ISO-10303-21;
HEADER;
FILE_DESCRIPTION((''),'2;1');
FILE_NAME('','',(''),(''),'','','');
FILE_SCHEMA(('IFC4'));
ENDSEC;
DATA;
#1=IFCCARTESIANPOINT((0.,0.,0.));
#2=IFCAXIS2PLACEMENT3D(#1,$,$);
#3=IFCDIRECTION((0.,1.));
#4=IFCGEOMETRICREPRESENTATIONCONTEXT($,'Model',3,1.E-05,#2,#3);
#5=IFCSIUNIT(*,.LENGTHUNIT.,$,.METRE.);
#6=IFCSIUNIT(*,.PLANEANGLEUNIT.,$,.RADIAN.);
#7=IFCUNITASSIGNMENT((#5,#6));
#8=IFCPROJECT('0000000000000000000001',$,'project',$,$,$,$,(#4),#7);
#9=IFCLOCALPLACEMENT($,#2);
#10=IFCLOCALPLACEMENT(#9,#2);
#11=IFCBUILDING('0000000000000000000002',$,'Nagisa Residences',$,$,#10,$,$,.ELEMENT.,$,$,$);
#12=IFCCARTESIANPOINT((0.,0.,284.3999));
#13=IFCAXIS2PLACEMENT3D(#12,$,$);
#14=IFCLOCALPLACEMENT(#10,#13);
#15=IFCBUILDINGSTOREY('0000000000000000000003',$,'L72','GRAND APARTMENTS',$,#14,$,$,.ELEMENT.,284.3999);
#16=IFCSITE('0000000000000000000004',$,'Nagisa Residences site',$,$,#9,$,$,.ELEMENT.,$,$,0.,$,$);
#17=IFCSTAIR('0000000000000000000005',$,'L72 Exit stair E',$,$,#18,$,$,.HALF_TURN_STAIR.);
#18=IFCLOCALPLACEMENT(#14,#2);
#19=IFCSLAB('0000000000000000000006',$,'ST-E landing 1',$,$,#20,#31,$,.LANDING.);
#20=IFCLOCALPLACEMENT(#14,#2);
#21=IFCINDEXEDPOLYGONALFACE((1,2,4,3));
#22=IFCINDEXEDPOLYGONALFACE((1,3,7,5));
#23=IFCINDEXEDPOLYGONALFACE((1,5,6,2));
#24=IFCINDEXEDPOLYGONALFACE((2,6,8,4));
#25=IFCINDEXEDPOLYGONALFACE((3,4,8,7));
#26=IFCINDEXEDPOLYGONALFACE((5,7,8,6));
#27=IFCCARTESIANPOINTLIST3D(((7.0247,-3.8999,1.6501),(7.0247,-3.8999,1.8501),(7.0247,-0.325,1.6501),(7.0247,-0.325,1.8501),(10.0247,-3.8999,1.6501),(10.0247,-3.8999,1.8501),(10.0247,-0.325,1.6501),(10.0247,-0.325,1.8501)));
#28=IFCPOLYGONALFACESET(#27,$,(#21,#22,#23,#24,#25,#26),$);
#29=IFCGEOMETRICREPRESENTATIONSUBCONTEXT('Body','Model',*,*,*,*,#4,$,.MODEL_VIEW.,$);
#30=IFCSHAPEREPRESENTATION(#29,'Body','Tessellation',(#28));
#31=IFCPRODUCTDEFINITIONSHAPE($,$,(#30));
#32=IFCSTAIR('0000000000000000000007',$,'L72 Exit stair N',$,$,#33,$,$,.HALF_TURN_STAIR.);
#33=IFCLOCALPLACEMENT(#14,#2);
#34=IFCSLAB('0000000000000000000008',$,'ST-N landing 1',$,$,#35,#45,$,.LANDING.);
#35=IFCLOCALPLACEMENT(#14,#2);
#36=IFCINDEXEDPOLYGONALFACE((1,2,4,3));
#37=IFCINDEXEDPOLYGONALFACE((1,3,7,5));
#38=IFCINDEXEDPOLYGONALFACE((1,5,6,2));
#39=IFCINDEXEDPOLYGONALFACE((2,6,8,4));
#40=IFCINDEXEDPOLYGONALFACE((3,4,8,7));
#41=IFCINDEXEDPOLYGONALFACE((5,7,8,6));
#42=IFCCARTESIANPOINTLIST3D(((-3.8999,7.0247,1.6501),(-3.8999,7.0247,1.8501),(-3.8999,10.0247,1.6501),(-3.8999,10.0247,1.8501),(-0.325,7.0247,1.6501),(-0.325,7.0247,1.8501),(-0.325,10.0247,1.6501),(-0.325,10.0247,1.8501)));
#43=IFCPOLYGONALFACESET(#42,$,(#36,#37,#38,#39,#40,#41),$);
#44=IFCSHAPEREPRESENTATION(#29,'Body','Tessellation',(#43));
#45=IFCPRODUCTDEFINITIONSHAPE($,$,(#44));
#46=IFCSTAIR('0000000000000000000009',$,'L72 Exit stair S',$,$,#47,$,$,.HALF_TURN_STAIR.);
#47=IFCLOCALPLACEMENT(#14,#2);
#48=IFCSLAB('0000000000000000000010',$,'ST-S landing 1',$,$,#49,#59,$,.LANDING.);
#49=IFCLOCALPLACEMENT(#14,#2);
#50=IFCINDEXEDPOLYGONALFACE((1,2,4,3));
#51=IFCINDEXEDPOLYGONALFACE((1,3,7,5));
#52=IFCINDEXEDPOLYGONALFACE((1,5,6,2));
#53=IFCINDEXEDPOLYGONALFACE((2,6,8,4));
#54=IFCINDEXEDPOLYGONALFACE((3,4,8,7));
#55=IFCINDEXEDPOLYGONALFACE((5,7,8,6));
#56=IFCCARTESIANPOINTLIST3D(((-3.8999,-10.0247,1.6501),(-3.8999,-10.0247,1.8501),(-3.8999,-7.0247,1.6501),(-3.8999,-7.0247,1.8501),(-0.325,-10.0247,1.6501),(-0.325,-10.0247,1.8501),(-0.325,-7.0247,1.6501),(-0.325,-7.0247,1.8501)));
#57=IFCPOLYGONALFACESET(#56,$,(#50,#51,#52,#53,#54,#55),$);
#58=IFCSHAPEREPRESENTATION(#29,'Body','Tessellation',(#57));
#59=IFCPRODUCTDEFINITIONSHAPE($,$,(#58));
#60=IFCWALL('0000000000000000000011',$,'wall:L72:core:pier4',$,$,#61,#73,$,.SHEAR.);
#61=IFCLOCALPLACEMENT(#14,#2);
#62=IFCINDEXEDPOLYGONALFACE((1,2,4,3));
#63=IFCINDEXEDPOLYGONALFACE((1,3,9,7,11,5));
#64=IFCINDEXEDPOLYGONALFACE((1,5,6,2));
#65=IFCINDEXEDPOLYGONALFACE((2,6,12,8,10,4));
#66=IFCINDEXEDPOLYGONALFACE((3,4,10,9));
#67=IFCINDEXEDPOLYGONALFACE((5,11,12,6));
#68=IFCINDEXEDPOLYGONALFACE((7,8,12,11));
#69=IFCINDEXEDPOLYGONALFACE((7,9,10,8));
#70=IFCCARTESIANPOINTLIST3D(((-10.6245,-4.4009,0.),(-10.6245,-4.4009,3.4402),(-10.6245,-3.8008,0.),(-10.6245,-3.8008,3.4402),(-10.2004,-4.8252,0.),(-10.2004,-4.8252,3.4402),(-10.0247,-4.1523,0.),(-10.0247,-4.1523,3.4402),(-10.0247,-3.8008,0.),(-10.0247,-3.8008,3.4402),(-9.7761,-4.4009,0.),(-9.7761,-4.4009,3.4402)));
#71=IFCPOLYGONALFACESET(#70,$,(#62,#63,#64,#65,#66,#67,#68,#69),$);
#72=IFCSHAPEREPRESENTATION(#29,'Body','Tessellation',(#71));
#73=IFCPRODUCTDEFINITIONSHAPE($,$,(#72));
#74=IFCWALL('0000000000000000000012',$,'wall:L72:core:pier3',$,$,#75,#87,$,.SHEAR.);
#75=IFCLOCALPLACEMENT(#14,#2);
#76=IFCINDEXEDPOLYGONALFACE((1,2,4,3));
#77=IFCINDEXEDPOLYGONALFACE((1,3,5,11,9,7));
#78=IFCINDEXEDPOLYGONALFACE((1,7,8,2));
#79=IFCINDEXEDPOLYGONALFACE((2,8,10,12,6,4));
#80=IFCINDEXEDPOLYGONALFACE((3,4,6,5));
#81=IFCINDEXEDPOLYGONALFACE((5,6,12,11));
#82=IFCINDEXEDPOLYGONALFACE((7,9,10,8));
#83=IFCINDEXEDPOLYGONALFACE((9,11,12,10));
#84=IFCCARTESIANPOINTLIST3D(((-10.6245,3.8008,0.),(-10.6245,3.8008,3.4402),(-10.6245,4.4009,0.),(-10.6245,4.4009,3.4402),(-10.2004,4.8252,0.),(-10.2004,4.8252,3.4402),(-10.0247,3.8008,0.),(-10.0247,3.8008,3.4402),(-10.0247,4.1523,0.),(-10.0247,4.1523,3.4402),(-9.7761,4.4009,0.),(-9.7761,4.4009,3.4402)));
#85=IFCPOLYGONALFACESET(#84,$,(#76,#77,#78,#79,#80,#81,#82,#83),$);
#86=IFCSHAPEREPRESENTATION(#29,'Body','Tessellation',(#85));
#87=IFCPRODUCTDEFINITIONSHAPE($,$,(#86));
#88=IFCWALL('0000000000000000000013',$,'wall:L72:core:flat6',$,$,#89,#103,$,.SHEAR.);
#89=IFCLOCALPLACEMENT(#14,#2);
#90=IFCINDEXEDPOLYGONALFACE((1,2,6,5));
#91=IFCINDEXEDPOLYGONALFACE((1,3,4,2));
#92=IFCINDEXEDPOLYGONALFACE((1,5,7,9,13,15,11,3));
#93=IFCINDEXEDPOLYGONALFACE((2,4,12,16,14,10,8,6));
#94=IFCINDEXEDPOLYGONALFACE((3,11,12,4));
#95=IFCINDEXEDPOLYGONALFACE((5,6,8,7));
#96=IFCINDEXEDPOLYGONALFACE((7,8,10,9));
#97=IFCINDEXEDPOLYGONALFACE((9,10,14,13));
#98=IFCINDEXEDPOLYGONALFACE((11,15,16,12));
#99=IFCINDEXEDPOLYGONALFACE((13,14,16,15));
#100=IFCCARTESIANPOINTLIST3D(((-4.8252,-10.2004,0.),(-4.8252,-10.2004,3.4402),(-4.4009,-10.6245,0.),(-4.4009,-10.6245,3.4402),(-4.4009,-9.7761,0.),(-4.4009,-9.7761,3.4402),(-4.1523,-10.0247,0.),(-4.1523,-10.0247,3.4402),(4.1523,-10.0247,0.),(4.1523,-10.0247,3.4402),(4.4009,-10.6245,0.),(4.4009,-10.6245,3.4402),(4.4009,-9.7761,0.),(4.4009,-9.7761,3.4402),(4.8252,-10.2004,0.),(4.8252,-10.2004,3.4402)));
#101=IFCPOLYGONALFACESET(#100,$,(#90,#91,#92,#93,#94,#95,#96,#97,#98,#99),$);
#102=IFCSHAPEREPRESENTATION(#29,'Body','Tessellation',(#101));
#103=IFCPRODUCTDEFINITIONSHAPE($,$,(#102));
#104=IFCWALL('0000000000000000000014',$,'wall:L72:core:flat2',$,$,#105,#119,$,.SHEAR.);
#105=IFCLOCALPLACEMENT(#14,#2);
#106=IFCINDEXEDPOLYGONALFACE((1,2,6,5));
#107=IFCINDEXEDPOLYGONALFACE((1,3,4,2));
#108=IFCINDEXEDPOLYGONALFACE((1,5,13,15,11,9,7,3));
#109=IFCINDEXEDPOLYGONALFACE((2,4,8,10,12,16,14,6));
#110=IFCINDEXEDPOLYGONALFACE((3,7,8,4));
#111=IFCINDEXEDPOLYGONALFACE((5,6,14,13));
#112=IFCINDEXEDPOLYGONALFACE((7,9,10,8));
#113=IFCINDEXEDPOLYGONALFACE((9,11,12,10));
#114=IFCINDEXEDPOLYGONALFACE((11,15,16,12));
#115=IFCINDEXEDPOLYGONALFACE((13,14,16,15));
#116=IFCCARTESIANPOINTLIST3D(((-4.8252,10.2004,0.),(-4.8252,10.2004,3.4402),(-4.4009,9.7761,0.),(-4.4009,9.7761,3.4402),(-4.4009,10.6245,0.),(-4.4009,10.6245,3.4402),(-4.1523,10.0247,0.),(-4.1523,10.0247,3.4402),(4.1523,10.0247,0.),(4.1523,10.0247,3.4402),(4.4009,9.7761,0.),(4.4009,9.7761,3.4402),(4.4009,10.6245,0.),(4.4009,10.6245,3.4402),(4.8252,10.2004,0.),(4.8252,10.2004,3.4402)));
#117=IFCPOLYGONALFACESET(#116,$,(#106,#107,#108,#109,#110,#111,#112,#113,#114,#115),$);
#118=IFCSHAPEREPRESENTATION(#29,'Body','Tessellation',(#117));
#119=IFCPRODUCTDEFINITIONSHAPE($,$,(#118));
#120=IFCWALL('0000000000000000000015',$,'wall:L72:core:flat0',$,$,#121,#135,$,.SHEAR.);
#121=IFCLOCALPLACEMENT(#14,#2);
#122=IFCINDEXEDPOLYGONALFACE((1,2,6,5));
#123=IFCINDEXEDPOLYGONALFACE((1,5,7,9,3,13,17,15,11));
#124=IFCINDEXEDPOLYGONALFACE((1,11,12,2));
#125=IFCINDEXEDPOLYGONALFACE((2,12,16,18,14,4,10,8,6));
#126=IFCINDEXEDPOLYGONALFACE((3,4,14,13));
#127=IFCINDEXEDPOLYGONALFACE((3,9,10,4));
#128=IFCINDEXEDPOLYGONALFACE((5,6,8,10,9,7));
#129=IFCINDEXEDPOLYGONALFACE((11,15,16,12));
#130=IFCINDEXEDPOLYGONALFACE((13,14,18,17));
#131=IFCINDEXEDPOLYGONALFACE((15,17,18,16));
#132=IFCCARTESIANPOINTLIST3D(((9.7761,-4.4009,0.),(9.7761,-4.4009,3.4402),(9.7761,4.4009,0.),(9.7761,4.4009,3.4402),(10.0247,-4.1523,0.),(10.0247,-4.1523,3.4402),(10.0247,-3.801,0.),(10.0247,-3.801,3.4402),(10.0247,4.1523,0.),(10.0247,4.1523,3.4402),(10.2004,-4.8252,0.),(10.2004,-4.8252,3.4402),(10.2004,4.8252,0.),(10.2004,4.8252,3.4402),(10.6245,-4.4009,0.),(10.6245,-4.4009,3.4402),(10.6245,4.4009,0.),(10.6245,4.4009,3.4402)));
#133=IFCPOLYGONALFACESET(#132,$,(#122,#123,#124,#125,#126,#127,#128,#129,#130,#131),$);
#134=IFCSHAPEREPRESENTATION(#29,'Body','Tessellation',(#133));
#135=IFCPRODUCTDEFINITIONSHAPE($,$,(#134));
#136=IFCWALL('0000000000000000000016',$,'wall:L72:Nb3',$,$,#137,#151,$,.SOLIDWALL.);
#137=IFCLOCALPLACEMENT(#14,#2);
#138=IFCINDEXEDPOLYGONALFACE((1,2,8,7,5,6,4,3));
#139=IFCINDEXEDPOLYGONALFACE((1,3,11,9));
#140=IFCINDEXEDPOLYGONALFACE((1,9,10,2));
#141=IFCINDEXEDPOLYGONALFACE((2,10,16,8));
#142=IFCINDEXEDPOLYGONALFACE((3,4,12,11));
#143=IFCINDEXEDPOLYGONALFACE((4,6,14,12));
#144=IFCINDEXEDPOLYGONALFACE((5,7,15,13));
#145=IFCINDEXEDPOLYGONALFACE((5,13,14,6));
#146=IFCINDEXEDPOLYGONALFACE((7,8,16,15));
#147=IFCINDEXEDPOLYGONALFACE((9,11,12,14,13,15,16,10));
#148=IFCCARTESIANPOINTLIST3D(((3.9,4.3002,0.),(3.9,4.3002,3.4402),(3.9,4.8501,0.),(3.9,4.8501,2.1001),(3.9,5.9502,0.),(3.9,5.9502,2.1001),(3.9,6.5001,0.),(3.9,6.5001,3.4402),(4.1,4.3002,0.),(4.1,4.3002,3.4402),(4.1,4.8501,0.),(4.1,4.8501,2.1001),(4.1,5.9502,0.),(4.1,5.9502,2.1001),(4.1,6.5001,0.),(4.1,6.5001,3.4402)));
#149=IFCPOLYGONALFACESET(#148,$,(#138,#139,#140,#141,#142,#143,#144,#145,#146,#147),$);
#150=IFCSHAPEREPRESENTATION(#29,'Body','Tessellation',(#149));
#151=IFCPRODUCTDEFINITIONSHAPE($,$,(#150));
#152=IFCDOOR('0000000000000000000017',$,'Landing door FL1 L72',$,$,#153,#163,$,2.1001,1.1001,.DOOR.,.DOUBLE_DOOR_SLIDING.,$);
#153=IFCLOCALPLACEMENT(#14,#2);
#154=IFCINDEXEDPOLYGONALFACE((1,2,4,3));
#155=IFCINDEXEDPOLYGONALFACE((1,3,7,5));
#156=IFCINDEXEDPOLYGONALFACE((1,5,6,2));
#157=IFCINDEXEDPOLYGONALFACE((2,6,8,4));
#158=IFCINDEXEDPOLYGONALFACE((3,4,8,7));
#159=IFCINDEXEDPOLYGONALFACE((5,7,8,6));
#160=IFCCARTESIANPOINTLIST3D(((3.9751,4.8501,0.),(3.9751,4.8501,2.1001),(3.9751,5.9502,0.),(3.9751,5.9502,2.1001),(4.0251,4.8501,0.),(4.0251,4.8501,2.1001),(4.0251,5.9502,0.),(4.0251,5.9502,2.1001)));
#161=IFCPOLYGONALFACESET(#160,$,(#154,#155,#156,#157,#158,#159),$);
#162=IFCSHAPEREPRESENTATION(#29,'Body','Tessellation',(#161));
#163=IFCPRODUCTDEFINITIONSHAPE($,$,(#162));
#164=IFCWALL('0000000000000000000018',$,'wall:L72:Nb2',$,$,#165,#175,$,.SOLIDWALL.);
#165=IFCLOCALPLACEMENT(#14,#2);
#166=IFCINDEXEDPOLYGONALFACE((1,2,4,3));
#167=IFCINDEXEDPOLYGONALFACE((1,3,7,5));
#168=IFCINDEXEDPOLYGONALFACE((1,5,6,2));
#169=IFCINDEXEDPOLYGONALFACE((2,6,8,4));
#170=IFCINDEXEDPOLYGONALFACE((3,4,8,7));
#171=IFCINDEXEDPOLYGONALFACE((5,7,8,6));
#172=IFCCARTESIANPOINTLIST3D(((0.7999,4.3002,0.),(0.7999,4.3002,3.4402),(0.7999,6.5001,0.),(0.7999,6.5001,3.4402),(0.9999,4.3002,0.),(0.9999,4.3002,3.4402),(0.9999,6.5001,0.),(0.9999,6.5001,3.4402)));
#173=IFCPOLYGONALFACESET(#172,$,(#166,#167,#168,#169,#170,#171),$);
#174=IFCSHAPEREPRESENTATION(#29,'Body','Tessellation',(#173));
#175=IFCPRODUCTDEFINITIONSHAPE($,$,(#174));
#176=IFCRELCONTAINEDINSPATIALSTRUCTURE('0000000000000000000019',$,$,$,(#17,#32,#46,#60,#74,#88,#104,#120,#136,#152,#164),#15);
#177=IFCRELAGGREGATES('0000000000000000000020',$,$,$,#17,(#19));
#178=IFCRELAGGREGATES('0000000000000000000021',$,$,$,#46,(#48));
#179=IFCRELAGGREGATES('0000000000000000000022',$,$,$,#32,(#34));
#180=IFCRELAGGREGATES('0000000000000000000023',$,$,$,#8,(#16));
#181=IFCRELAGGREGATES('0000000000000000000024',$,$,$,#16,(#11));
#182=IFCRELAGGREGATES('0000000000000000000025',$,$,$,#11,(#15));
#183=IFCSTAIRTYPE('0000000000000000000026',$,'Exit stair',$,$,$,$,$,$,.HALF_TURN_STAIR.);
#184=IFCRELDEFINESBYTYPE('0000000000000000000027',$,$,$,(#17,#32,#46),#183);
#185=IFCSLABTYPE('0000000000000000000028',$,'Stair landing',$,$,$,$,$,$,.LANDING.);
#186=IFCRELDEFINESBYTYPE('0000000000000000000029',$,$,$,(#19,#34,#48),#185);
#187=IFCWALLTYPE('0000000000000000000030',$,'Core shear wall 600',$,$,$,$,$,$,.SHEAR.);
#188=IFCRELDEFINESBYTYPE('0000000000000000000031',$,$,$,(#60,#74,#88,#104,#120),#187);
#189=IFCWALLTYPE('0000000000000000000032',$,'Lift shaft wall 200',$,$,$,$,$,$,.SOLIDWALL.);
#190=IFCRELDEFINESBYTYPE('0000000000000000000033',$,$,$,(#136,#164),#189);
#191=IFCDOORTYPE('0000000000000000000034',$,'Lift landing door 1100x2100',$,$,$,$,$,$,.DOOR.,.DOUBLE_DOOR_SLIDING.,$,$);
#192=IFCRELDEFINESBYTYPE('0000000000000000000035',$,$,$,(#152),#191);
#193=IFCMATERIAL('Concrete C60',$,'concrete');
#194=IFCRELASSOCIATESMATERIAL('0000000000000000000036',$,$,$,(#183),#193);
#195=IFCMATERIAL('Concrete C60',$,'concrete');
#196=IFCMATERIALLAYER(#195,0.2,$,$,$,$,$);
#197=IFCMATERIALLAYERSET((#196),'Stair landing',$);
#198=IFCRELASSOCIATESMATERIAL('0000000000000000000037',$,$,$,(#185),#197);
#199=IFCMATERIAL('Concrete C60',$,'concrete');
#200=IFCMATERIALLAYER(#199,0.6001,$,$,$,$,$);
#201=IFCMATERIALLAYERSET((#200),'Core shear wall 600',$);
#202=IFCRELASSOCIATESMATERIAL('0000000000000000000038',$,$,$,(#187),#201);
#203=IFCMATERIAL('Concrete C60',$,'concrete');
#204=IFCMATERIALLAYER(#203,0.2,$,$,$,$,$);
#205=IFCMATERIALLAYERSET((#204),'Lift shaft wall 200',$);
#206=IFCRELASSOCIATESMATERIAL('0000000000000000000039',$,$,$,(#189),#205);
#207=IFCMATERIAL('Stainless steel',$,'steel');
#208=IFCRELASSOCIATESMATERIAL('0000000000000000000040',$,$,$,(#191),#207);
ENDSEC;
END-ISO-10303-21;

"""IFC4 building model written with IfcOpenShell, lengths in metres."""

from ifc_helpers import new_model, si_unit, direction, frame, frame_2d, origin, place, context, subcontext, project, spatial, polyline, rectangle, outline, extrude, material, layer, layer_set, type_object, element, fill, aggregate, save


model = new_model("IFC4")

# Units and contexts
model_context = context("Model", 3, precision=1e-05, world=origin(), true_north=direction((0.0, 1.0)))
body_context = subcontext(model_context, "Body", "Model", "MODEL_VIEW")
ifc_project = project(units=[si_unit("LENGTHUNIT", "METRE"), si_unit("PLANEANGLEUNIT", "RADIAN")], contexts=[model_context])

# Site, building, storey
site_placement = place(None, origin())
site = spatial("IfcSite", under=ifc_project, at=site_placement, Name="Nagisa Residences site", CompositionType="ELEMENT", RefElevation=0.0)
building_placement = place(site_placement, origin())
building = spatial("IfcBuilding", under=site, at=building_placement, Name="Nagisa Residences", CompositionType="ELEMENT")
storey_placement = place(building_placement, frame((0.0, 0.0, 284.3999)))
storey = spatial("IfcBuildingStorey", under=building, at=storey_placement, Name="L72", Description="GRAND APARTMENTS", CompositionType="ELEMENT", Elevation=284.3999)

# Stairs, slabs
ifc_material_1 = material(Name="Concrete C60", Category="concrete")
stair_type = type_object("IfcStairType", Name="Exit stair", PredefinedType="HALF_TURN_STAIR", material=ifc_material_1)
stair_1_placement = place(storey_placement, origin())
stair_1 = element("IfcStair", 1, at=stair_1_placement, inside=storey, type_object=stair_type, Name="L72 Exit stair E", PredefinedType="HALF_TURN_STAIR")
ifc_material_2 = material(Name="Concrete C60", Category="concrete")
ifc_layer_1 = layer(ifc_material_2, 0.2)
ifc_layer_set_1 = layer_set([ifc_layer_1], Name="Stair landing")
slab_type = type_object("IfcSlabType", Name="Stair landing", PredefinedType="LANDING", material=ifc_layer_set_1)
slab_1_placement = place(storey_placement, frame((0.0, 0.0, 1.6501)))
slab_1 = element("IfcSlab", 2, at=slab_1_placement, type_object=slab_type, Name="ST-E landing 1", PredefinedType="LANDING", context=body_context, shape_type="SweptSolid", body=[
    extrude(outline(polyline([(7.0247, -0.325), (7.0247, -3.8999), (10.0247, -3.8999), (10.0247, -0.325), (7.0247, -0.325)])), origin(), (0.0, 0.0, 1.0), 0.2),
])
aggregate(stair_1, [slab_1])
stair_2_placement = place(storey_placement, origin())
stair_2 = element("IfcStair", 3, at=stair_2_placement, inside=storey, type_object=stair_type, Name="L72 Exit stair N", PredefinedType="HALF_TURN_STAIR")
slab_2_placement = place(storey_placement, frame((0.0, 0.0, 1.6501)))
slab_2 = element("IfcSlab", 4, at=slab_2_placement, type_object=slab_type, Name="ST-N landing 1", PredefinedType="LANDING", context=body_context, shape_type="SweptSolid", body=[
    extrude(outline(polyline([(-0.325, 10.0247), (-3.8999, 10.0247), (-3.8999, 7.0247), (-0.325, 7.0247), (-0.325, 10.0247)])), origin(), (0.0, 0.0, 1.0), 0.2),
])
stair_3_placement = place(storey_placement, origin())
stair_3 = element("IfcStair", 5, at=stair_3_placement, inside=storey, type_object=stair_type, Name="L72 Exit stair S", PredefinedType="HALF_TURN_STAIR")
slab_3_placement = place(storey_placement, frame((0.0, 0.0, 1.6501)))
slab_3 = element("IfcSlab", 6, at=slab_3_placement, type_object=slab_type, Name="ST-S landing 1", PredefinedType="LANDING", context=body_context, shape_type="SweptSolid", body=[
    extrude(outline(polyline([(-0.325, -7.0247), (-3.8999, -7.0247), (-3.8999, -10.0247), (-0.325, -10.0247), (-0.325, -7.0247)])), origin(), (0.0, 0.0, 1.0), 0.2),
])
aggregate(stair_3, [slab_3])

# Walls
ifc_material_3 = material(Name="Concrete C60", Category="concrete")
ifc_layer_2 = layer(ifc_material_3, 0.6001)
ifc_layer_set_2 = layer_set([ifc_layer_2], Name="Core shear wall 600")
wall_type_1 = type_object("IfcWallType", Name="Core shear wall 600", PredefinedType="SHEAR", material=ifc_layer_set_2)
wall_1_placement = place(storey_placement, origin())
element("IfcWall", 7, at=wall_1_placement, inside=storey, type_object=wall_type_1, Name="wall:L72:core:pier4", PredefinedType="SHEAR", context=body_context, shape_type="SweptSolid", body=[
    extrude(outline(polyline([(-10.6245, -3.8008), (-10.0247, -3.8008), (-10.0247, -4.1523), (-9.7761, -4.4009), (-10.2004, -4.8252), (-10.6245, -4.4009), (-10.6245, -3.8008)])), origin(), (0.0, 0.0, 1.0), 3.4402),
])
wall_2_placement = place(storey_placement, origin())
element("IfcWall", 8, at=wall_2_placement, inside=storey, type_object=wall_type_1, Name="wall:L72:core:pier3", PredefinedType="SHEAR", context=body_context, shape_type="SweptSolid", body=[
    extrude(outline(polyline([(-10.2004, 4.8252), (-9.7761, 4.4009), (-10.0247, 4.1523), (-10.0247, 3.8008), (-10.6245, 3.8008), (-10.6245, 4.4009), (-10.2004, 4.8252)])), origin(), (0.0, 0.0, 1.0), 3.4402),
])
wall_3_placement = place(storey_placement, origin())
element("IfcWall", 9, at=wall_3_placement, inside=storey, type_object=wall_type_1, Name="wall:L72:core:flat6", PredefinedType="SHEAR", context=body_context, shape_type="SweptSolid", body=[
    extrude(outline(polyline([(-4.1523, -10.0247), (4.1523, -10.0247), (4.4009, -9.7761), (4.8252, -10.2004), (4.4009, -10.6245), (-4.4009, -10.6245), (-4.8252, -10.2004), (-4.4009, -9.7761), (-4.1523, -10.0247)])), origin(), (0.0, 0.0, 1.0), 3.4402),
])
wall_4_placement = place(storey_placement, origin())
element("IfcWall", 10, at=wall_4_placement, inside=storey, type_object=wall_type_1, Name="wall:L72:core:flat2", PredefinedType="SHEAR", context=body_context, shape_type="SweptSolid", body=[
    extrude(outline(polyline([(-4.1523, 10.0247), (-4.4009, 9.7761), (-4.8252, 10.2004), (-4.4009, 10.6245), (4.4009, 10.6245), (4.8252, 10.2004), (4.4009, 9.7761), (4.1523, 10.0247), (-4.1523, 10.0247)])), origin(), (0.0, 0.0, 1.0), 3.4402),
])
wall_5_placement = place(storey_placement, origin())
element("IfcWall", 11, at=wall_5_placement, inside=storey, type_object=wall_type_1, Name="wall:L72:core:flat0", PredefinedType="SHEAR", context=body_context, shape_type="SweptSolid", body=[
    extrude(outline(polyline([(9.7761, -4.4009), (10.0247, -4.1523), (10.0247, -3.801), (10.0247, 4.1523), (9.7761, 4.4009), (10.2004, 4.8252), (10.6245, 4.4009), (10.6245, -4.4009), (10.2004, -4.8252), (9.7761, -4.4009)])), origin(), (0.0, 0.0, 1.0), 3.4402),
])

# Wall, opening, door
ifc_material_4 = material(Name="Concrete C60", Category="concrete")
ifc_layer_3 = layer(ifc_material_4, 0.2)
ifc_layer_set_3 = layer_set([ifc_layer_3], Name="Lift shaft wall 200")
wall_type_2 = type_object("IfcWallType", Name="Lift shaft wall 200", PredefinedType="SOLIDWALL", material=ifc_layer_set_3)
wall_6_placement = place(storey_placement, frame((4.0, 4.3, 0.0), z_axis=(0.0, 0.0, 1.0), x_axis=(0.0, 1.0, 0.0)))
wall_6 = element("IfcWall", 12, at=wall_6_placement, inside=storey, type_object=wall_type_2, Name="wall:L72:Nb3", PredefinedType="SOLIDWALL", context=body_context, shape_type="SweptSolid", body=[
    extrude(rectangle(XDim=2.2, YDim=0.2, at=frame_2d((1.1001, 0.0))), origin(), (0.0, 0.0, 1.0), 3.4402),
])
opening_1_placement = place(wall_6_placement, frame((0.55, 0.0, 0.0)))
opening_1 = element("IfcOpeningElement", 13, at=opening_1_placement, cuts=wall_6, PredefinedType="OPENING", context=body_context, shape_type="SweptSolid", body=[
    extrude(rectangle(XDim=1.1001, YDim=2.1001, at=frame_2d((0.55, 1.05))), frame((0.0, 0.1099, 0.0), z_axis=(0.0, -1.0, 0.0), x_axis=(1.0, 0.0, 0.0)), (0.0, 0.0, 1.0), 0.22),
])
ifc_material_5 = material(Name="Stainless steel", Category="steel")
door_type_1 = type_object("IfcDoorType", Name="Lift landing door 1100x2100", OperationType="DOUBLE_DOOR_SLIDING", PredefinedType="DOOR", material=ifc_material_5)
door_1_placement = place(opening_1_placement, origin())
door_1 = element("IfcDoor", 14, at=door_1_placement, inside=storey, type_object=door_type_1, Name="Landing door FL1 L72", OperationType="DOUBLE_DOOR_SLIDING", OverallHeight=2.1001, OverallWidth=1.1001, PredefinedType="DOOR", context=body_context, shape_type="SweptSolid", body=[
    extrude(rectangle(XDim=1.1001, YDim=2.1001, at=frame_2d((0.55, 1.05))), frame((0.0, 0.0249, 0.0), z_axis=(0.0, -1.0, 0.0), x_axis=(1.0, 0.0, 0.0)), (0.0, 0.0, 1.0), 0.05),
])
fill(opening_1, door_1)

# Wall
wall_7_placement = place(storey_placement, frame((0.8999, 4.3, 0.0), z_axis=(0.0, 0.0, 1.0), x_axis=(0.0, 1.0, 0.0)))
element("IfcWall", 15, at=wall_7_placement, inside=storey, type_object=wall_type_2, Name="wall:L72:Nb2", PredefinedType="SOLIDWALL", context=body_context, shape_type="SweptSolid", body=[
    extrude(rectangle(XDim=2.2, YDim=0.2, at=frame_2d((1.1001, 0.0))), origin(), (0.0, 0.0, 1.0), 3.4402),
])

aggregate(stair_2, [slab_2])

save(model, "model.ifc")
